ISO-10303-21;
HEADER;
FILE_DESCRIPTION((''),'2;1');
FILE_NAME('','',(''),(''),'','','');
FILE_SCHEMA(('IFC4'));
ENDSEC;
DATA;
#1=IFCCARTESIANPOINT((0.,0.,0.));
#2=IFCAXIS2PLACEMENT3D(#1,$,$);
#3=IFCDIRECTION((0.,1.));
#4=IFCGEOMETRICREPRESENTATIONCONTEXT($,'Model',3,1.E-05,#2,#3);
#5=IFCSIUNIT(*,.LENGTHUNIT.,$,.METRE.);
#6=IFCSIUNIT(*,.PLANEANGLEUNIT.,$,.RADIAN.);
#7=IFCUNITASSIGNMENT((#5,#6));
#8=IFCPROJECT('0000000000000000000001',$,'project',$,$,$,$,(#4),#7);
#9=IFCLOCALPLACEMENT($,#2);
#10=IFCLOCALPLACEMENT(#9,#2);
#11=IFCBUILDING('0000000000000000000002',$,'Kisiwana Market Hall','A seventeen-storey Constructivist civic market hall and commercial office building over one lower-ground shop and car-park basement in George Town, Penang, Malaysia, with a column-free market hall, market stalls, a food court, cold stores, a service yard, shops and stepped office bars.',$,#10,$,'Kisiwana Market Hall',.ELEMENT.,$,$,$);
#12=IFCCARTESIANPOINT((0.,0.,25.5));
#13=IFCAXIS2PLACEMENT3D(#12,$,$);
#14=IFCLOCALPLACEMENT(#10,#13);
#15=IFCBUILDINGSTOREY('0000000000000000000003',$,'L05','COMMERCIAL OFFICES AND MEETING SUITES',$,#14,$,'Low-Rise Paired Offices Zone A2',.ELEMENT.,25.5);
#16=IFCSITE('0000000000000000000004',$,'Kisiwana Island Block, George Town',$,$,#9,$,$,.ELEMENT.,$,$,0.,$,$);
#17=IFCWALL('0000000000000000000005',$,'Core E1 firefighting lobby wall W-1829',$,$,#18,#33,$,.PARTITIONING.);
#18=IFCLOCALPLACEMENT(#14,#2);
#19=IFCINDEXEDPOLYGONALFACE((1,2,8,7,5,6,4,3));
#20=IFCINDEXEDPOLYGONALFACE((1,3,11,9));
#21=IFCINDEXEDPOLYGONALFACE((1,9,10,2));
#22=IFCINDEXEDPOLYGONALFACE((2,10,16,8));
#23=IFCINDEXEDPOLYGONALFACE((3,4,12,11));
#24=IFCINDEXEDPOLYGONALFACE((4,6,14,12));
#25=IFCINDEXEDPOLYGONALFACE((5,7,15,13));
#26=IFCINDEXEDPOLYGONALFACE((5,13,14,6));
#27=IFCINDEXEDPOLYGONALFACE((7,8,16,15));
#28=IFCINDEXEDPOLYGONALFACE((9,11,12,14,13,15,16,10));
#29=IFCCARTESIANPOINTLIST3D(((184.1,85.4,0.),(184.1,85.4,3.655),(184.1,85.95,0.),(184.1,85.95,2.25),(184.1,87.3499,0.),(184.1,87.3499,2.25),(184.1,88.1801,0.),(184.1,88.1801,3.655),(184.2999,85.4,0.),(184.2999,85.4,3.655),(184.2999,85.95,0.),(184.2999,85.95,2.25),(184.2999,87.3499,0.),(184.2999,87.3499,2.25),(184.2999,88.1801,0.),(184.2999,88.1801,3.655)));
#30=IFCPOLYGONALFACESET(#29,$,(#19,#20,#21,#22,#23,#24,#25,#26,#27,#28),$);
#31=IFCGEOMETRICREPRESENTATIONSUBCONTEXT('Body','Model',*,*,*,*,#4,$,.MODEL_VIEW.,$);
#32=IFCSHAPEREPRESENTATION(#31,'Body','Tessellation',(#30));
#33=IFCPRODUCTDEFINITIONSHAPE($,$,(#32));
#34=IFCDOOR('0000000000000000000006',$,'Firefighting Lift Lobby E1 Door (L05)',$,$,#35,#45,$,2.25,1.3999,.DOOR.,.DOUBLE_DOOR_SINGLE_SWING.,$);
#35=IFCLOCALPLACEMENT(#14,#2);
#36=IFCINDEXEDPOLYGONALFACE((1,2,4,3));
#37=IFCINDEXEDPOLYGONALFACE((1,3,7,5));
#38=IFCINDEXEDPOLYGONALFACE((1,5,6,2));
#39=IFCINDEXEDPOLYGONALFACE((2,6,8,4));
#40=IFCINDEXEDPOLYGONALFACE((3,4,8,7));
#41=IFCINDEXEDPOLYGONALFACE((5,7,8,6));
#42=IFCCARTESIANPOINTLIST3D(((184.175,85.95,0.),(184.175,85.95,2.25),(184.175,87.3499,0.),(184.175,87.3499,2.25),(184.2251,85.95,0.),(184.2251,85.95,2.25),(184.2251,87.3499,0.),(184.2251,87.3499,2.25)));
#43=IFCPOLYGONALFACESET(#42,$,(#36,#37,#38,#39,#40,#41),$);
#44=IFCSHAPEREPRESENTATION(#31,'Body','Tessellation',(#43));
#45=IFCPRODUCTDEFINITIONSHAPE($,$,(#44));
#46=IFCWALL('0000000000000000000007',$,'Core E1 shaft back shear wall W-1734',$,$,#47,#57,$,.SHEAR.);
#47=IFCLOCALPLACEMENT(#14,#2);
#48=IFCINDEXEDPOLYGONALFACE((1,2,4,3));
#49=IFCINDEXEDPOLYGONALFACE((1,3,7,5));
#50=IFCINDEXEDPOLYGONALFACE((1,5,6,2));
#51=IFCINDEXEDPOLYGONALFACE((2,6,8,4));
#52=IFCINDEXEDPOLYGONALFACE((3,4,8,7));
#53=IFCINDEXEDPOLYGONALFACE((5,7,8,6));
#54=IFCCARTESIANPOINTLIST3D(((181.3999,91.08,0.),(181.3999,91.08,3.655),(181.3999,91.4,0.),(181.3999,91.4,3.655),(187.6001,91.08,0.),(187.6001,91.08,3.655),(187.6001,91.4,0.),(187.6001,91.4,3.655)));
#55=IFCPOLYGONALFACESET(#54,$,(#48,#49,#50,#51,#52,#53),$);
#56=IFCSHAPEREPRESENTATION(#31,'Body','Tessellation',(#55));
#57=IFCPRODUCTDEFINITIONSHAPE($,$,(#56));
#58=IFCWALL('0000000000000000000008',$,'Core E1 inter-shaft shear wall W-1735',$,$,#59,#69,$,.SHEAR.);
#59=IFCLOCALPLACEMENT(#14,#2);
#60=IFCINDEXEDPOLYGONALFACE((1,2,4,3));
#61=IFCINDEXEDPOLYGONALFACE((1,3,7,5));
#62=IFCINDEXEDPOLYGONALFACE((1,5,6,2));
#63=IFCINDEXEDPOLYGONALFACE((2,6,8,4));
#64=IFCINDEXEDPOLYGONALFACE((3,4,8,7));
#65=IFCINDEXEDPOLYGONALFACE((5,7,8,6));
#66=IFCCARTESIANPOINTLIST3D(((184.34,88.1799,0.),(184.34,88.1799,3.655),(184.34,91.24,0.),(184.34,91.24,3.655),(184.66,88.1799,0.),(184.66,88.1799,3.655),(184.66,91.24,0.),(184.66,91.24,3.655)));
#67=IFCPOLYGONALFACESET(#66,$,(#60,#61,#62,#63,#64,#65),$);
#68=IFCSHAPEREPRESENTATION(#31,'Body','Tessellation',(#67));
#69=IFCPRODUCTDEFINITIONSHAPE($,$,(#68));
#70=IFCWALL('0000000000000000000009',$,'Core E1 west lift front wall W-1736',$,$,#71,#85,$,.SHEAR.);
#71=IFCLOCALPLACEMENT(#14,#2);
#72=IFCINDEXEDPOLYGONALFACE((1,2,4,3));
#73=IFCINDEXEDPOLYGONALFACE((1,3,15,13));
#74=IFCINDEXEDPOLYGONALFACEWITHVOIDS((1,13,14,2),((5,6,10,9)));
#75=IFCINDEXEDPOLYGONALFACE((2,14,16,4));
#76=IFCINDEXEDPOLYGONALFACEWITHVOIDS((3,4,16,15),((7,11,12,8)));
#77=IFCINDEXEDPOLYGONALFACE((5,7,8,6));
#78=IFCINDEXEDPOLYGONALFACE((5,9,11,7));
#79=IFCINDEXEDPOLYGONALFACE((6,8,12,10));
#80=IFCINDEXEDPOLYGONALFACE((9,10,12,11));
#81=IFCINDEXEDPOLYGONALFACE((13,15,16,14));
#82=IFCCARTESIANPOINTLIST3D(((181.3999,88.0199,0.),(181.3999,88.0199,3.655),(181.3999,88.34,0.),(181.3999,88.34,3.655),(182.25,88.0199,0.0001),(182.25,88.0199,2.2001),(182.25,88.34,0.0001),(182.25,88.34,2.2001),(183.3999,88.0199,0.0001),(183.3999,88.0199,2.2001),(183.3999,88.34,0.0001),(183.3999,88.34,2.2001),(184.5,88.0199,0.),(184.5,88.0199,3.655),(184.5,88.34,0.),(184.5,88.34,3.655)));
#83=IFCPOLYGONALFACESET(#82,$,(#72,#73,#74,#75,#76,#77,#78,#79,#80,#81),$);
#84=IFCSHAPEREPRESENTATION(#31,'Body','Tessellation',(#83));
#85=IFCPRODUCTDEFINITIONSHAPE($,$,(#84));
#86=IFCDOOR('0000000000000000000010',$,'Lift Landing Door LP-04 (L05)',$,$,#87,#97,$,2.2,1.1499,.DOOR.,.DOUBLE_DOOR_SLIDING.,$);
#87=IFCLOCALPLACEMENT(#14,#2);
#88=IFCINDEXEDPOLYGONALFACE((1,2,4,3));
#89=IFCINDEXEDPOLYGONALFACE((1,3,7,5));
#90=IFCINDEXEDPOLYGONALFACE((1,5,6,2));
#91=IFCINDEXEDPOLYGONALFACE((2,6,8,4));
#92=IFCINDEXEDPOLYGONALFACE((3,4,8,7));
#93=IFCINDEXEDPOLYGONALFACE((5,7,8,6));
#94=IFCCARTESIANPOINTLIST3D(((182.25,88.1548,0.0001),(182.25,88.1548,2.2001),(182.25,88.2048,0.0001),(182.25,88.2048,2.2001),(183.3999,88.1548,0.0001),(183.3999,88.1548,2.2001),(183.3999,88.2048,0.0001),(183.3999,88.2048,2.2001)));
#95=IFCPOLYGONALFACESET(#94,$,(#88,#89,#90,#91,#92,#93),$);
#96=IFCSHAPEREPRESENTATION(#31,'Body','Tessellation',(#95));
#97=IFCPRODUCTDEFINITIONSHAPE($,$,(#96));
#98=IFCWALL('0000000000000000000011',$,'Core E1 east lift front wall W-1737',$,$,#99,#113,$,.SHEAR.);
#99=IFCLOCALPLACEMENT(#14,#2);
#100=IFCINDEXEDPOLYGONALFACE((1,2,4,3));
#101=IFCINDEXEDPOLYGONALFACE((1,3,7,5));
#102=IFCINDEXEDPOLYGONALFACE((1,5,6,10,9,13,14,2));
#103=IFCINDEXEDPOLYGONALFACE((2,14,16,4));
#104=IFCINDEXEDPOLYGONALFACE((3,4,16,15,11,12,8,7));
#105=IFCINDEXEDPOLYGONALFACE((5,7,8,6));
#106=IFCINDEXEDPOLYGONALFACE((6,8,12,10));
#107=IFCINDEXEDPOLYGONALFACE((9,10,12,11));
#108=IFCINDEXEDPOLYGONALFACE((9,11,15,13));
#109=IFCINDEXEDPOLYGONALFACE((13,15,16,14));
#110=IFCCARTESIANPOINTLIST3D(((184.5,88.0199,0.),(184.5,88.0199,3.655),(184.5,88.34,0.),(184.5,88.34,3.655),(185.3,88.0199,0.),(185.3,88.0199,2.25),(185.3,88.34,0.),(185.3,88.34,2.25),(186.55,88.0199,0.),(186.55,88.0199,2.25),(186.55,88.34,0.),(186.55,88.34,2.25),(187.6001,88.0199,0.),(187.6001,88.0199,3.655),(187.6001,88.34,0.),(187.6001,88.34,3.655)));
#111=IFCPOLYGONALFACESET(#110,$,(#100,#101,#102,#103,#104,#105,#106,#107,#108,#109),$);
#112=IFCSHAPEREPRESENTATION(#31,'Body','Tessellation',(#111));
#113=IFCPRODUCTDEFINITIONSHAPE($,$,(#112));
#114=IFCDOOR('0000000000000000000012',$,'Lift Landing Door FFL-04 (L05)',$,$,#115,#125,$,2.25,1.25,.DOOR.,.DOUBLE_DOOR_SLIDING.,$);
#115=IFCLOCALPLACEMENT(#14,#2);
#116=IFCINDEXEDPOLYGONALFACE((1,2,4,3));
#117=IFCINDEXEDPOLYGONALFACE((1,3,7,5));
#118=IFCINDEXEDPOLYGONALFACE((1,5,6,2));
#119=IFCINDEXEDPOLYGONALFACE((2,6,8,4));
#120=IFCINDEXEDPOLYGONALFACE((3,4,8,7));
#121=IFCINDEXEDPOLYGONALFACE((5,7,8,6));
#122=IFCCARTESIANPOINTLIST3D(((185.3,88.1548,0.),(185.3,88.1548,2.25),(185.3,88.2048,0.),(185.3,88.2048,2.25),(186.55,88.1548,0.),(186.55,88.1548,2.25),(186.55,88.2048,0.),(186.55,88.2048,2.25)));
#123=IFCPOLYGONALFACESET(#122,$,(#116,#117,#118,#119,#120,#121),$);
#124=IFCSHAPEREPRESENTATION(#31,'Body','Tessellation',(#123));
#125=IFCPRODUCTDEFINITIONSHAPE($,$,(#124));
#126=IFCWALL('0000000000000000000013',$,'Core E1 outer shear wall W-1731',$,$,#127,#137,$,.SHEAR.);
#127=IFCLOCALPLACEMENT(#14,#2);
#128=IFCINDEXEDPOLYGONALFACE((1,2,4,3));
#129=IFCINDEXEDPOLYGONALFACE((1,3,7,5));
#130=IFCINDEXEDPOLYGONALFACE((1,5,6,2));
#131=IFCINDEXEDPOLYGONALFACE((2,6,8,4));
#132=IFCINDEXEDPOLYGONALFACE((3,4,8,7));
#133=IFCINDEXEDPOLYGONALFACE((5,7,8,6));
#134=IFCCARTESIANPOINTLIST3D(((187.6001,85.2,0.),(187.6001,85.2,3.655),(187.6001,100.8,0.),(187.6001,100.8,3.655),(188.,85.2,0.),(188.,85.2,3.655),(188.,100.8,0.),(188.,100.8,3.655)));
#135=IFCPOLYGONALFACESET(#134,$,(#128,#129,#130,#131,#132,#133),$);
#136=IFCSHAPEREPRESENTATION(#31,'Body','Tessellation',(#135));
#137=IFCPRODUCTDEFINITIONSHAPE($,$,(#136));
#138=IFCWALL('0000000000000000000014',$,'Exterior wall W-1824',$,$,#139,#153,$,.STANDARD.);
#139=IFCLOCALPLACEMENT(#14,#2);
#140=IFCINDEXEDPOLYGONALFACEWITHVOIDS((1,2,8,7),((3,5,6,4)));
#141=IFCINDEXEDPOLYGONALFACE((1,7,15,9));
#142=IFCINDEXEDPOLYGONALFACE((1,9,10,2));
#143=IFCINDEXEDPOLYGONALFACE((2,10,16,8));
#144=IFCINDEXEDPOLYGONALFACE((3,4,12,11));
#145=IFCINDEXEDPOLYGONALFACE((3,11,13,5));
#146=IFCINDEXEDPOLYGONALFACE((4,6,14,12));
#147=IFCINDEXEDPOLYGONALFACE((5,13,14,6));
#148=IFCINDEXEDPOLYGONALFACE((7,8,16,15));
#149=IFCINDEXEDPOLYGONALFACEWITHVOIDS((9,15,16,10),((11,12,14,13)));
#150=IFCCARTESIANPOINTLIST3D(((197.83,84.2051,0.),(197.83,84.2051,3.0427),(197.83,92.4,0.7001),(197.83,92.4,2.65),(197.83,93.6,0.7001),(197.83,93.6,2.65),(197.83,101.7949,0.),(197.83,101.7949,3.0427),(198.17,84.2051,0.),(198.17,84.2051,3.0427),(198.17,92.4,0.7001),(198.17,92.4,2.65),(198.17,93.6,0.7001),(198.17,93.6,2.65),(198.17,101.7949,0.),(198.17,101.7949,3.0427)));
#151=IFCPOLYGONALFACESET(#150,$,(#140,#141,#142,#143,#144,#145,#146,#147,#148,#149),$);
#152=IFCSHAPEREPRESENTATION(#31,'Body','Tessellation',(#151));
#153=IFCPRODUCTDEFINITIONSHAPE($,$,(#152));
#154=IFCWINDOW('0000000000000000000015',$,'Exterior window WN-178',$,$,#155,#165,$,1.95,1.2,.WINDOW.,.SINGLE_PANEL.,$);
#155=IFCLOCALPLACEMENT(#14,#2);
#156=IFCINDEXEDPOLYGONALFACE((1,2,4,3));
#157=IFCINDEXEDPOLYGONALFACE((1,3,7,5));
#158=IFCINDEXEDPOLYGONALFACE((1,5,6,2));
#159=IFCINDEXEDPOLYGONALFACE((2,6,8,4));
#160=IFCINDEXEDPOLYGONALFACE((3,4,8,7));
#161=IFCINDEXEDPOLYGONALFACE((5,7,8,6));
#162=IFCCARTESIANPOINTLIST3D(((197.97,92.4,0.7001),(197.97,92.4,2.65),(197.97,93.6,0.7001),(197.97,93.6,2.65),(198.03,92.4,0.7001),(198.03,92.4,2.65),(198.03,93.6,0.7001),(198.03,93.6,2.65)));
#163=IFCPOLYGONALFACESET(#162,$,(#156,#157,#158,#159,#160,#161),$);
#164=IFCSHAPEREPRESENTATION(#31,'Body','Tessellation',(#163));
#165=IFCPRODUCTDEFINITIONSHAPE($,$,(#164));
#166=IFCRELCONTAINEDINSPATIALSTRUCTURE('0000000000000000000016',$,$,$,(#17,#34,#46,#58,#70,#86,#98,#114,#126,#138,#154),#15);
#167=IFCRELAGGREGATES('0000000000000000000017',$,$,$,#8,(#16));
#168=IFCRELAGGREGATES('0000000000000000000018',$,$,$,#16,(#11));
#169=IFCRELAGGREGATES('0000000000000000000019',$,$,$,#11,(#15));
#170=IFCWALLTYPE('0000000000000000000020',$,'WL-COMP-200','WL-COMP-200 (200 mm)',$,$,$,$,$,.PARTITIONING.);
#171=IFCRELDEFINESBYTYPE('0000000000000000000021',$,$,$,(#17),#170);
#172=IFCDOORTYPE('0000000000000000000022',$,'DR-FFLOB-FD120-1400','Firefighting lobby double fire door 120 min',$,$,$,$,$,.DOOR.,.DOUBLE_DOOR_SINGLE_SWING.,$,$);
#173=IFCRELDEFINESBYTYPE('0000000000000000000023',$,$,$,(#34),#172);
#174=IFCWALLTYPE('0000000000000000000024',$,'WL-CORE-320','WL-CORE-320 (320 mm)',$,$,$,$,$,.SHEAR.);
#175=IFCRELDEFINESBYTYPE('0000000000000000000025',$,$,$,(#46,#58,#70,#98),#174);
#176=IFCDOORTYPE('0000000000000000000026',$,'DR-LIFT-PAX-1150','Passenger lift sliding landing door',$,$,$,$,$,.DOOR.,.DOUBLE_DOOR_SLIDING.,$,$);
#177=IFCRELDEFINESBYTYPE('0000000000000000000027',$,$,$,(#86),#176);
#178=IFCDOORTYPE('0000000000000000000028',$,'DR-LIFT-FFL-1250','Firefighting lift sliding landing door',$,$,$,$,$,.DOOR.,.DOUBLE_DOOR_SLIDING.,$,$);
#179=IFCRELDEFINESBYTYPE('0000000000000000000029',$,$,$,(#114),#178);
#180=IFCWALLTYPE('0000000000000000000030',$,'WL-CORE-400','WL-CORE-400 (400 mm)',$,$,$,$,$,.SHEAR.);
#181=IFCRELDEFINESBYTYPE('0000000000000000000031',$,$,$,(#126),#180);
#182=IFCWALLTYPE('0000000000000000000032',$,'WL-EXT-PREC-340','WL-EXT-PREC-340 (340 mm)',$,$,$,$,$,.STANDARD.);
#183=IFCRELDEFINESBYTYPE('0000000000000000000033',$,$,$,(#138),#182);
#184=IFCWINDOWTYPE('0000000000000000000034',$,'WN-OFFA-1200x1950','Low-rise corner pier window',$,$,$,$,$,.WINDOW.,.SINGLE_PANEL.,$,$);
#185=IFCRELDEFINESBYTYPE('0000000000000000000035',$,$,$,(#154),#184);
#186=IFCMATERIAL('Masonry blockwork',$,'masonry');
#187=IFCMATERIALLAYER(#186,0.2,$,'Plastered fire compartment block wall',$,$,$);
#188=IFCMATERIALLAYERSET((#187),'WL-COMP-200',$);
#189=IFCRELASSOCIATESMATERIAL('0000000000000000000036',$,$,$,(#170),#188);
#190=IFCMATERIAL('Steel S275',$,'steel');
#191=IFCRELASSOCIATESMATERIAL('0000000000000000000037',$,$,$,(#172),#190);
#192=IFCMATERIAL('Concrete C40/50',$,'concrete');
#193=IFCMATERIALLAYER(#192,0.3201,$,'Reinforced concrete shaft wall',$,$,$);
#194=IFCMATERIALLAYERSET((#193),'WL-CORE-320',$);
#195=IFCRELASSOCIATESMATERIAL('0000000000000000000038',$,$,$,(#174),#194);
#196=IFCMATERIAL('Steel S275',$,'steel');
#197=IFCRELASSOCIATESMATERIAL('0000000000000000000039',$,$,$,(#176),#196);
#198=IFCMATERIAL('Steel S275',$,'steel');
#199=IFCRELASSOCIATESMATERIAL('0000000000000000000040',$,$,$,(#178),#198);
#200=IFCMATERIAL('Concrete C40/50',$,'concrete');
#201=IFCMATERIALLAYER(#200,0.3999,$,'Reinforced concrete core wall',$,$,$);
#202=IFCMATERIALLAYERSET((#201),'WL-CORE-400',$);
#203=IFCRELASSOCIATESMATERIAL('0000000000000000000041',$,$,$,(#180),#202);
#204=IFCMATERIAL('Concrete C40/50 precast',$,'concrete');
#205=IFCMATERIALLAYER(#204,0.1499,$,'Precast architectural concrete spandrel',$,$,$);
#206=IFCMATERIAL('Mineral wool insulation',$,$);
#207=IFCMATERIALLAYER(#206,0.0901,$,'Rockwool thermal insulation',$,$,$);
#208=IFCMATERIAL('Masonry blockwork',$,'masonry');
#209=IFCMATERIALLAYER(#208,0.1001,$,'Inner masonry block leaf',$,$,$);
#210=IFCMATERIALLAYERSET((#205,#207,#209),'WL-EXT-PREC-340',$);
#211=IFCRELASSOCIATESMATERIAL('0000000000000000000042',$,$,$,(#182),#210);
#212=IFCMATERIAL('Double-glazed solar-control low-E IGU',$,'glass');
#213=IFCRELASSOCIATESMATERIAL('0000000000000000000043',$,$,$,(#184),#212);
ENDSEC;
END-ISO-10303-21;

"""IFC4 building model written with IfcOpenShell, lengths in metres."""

from ifc_helpers import new_model, si_unit, direction, frame, frame_2d, origin, place, context, subcontext, project, spatial, rectangle, extrude, material, layer, layer_set, type_object, element, fill, save


model = new_model("IFC4")

# Units and contexts
model_context = context("Model", 3, precision=1e-05, world=origin(), true_north=direction((0.0, 1.0)))
body_context = subcontext(model_context, "Body", "Model", "MODEL_VIEW")
ifc_project = project(units=[si_unit("LENGTHUNIT", "METRE"), si_unit("PLANEANGLEUNIT", "RADIAN")], contexts=[model_context])

# Site, building, storey
site_placement = place(None, origin())
site = spatial("IfcSite", under=ifc_project, at=site_placement, Name="Kisiwana Island Block, George Town", CompositionType="ELEMENT", RefElevation=0.0)
building_placement = place(site_placement, origin())
building = spatial("IfcBuilding", under=site, at=building_placement, Name="Kisiwana Market Hall", Description="A seventeen-storey Constructivist civic market hall and commercial office building over one lower-ground shop and car-park basement in George Town, Penang, Malaysia, with a column-free market hall, market stalls, a food court, cold stores, a service yard, shops and stepped office bars.", LongName="Kisiwana Market Hall", CompositionType="ELEMENT")
storey_placement = place(building_placement, frame((0.0, 0.0, 25.5)))
storey = spatial("IfcBuildingStorey", under=building, at=storey_placement, Name="L05", Description="COMMERCIAL OFFICES AND MEETING SUITES", LongName="Low-Rise Paired Offices Zone A2", CompositionType="ELEMENT", Elevation=25.5)

# Wall, opening, door
ifc_material_1 = material(Name="Masonry blockwork", Category="masonry")
ifc_layer_1 = layer(ifc_material_1, 0.2, Name="Plastered fire compartment block wall")
ifc_layer_set_1 = layer_set([ifc_layer_1], Name="WL-COMP-200")
wall_type_1 = type_object("IfcWallType", Name="WL-COMP-200", Description="WL-COMP-200 (200 mm)", PredefinedType="PARTITIONING", material=ifc_layer_set_1)
wall_1_placement = place(storey_placement, frame((184.2, 85.3999, 0.0), z_axis=(0.0, 0.0, 1.0), x_axis=(0.0, 1.0, 0.0)))
wall_1 = element("IfcWall", 1, at=wall_1_placement, inside=storey, type_object=wall_type_1, Name="Core E1 firefighting lobby wall W-1829", PredefinedType="PARTITIONING", context=body_context, shape_type="SweptSolid", body=[
    extrude(rectangle(XDim=2.78, YDim=0.2, at=frame_2d((1.3901, 0.0))), origin(), (0.0, 0.0, 1.0), 3.655),
])
opening_1_placement = place(wall_1_placement, frame((0.55, 0.0, 0.0)))
opening_1 = element("IfcOpeningElement", 2, at=opening_1_placement, cuts=wall_1, PredefinedType="OPENING", context=body_context, shape_type="SweptSolid", body=[
    extrude(rectangle(XDim=1.3999, YDim=2.25, at=frame_2d((0.7, 1.125))), frame((0.0, 0.1118, 0.0), z_axis=(0.0, -1.0, 0.0), x_axis=(1.0, 0.0, 0.0)), (0.0, 0.0, 1.0), 0.2239),
])
ifc_material_2 = material(Name="Steel S275", Category="steel")
door_type_1 = type_object("IfcDoorType", Name="DR-FFLOB-FD120-1400", Description="Firefighting lobby double fire door 120 min", OperationType="DOUBLE_DOOR_SINGLE_SWING", PredefinedType="DOOR", material=ifc_material_2)
door_1_placement = place(opening_1_placement, origin())
door_1 = element("IfcDoor", 3, at=door_1_placement, inside=storey, type_object=door_type_1, Name="Firefighting Lift Lobby E1 Door (L05)", OperationType="DOUBLE_DOOR_SINGLE_SWING", OverallHeight=2.25, OverallWidth=1.3999, PredefinedType="DOOR", context=body_context, shape_type="SweptSolid", body=[
    extrude(rectangle(XDim=1.3999, YDim=2.25, at=frame_2d((0.7, 1.125))), frame((0.0, 0.0249, 0.0), z_axis=(0.0, -1.0, 0.0), x_axis=(1.0, 0.0, 0.0)), (0.0, 0.0, 1.0), 0.05),
])
fill(opening_1, door_1)

# Walls
ifc_material_3 = material(Name="Concrete C40/50", Category="concrete")
ifc_layer_2 = layer(ifc_material_3, 0.3201, Name="Reinforced concrete shaft wall")
ifc_layer_set_2 = layer_set([ifc_layer_2], Name="WL-CORE-320")
wall_type_2 = type_object("IfcWallType", Name="WL-CORE-320", Description="WL-CORE-320 (320 mm)", PredefinedType="SHEAR", material=ifc_layer_set_2)
wall_2_placement = place(storey_placement, frame((181.3999, 91.24, 0.0), z_axis=(0.0, 0.0, 1.0), x_axis=(1.0, 0.0, 0.0)))
element("IfcWall", 4, at=wall_2_placement, inside=storey, type_object=wall_type_2, Name="Core E1 shaft back shear wall W-1734", PredefinedType="SHEAR", context=body_context, shape_type="SweptSolid", body=[
    extrude(rectangle(XDim=6.2002, YDim=0.3201, at=frame_2d((3.1001, 0.0))), origin(), (0.0, 0.0, 1.0), 3.655),
])
wall_3_placement = place(storey_placement, frame((184.5, 88.1799, 0.0), z_axis=(0.0, 0.0, 1.0), x_axis=(0.0, 1.0, 0.0)))
element("IfcWall", 5, at=wall_3_placement, inside=storey, type_object=wall_type_2, Name="Core E1 inter-shaft shear wall W-1735", PredefinedType="SHEAR", context=body_context, shape_type="SweptSolid", body=[
    extrude(rectangle(XDim=3.0601, YDim=0.3201, at=frame_2d((1.53, 0.0))), origin(), (0.0, 0.0, 1.0), 3.655),
])

# Walls, openings, doors
wall_4_placement = place(storey_placement, frame((181.3999, 88.1799, 0.0), z_axis=(0.0, 0.0, 1.0), x_axis=(1.0, 0.0, 0.0)))
wall_4 = element("IfcWall", 6, at=wall_4_placement, inside=storey, type_object=wall_type_2, Name="Core E1 west lift front wall W-1736", PredefinedType="SHEAR", context=body_context, shape_type="SweptSolid", body=[
    extrude(rectangle(XDim=3.1001, YDim=0.3201, at=frame_2d((1.55, 0.0))), origin(), (0.0, 0.0, 1.0), 3.655),
])
opening_2_placement = place(wall_4_placement, frame((0.8501, 0.0, 0.0)))
opening_2 = element("IfcOpeningElement", 7, at=opening_2_placement, cuts=wall_4, PredefinedType="OPENING", context=body_context, shape_type="SweptSolid", body=[
    extrude(rectangle(XDim=1.1499, YDim=2.2, at=frame_2d((0.575, 1.1001))), frame((0.0, 0.1719, 0.0), z_axis=(0.0, -1.0, 0.0), x_axis=(1.0, 0.0, 0.0)), (0.0, 0.0, 1.0), 0.344),
])
ifc_material_4 = material(Name="Steel S275", Category="steel")
door_type_2 = type_object("IfcDoorType", Name="DR-LIFT-PAX-1150", Description="Passenger lift sliding landing door", OperationType="DOUBLE_DOOR_SLIDING", PredefinedType="DOOR", material=ifc_material_4)
door_2_placement = place(opening_2_placement, origin())
door_2 = element("IfcDoor", 8, at=door_2_placement, inside=storey, type_object=door_type_2, Name="Lift Landing Door LP-04 (L05)", OperationType="DOUBLE_DOOR_SLIDING", OverallHeight=2.2, OverallWidth=1.1499, PredefinedType="DOOR", context=body_context, shape_type="SweptSolid", body=[
    extrude(rectangle(XDim=1.1499, YDim=2.2, at=frame_2d((0.575, 1.1001))), frame((0.0, 0.0249, 0.0), z_axis=(0.0, -1.0, 0.0), x_axis=(1.0, 0.0, 0.0)), (0.0, 0.0, 1.0), 0.05),
])
fill(opening_2, door_2)
wall_5_placement = place(storey_placement, frame((184.5, 88.1799, 0.0), z_axis=(0.0, 0.0, 1.0), x_axis=(1.0, 0.0, 0.0)))
wall_5 = element("IfcWall", 9, at=wall_5_placement, inside=storey, type_object=wall_type_2, Name="Core E1 east lift front wall W-1737", PredefinedType="SHEAR", context=body_context, shape_type="SweptSolid", body=[
    extrude(rectangle(XDim=3.1001, YDim=0.3201, at=frame_2d((1.55, 0.0))), origin(), (0.0, 0.0, 1.0), 3.655),
])
opening_3_placement = place(wall_5_placement, frame((0.8, 0.0, 0.0)))
opening_3 = element("IfcOpeningElement", 10, at=opening_3_placement, cuts=wall_5, PredefinedType="OPENING", context=body_context, shape_type="SweptSolid", body=[
    extrude(rectangle(XDim=1.25, YDim=2.25, at=frame_2d((0.625, 1.125))), frame((0.0, 0.1719, 0.0), z_axis=(0.0, -1.0, 0.0), x_axis=(1.0, 0.0, 0.0)), (0.0, 0.0, 1.0), 0.344),
])
ifc_material_5 = material(Name="Steel S275", Category="steel")
door_type_3 = type_object("IfcDoorType", Name="DR-LIFT-FFL-1250", Description="Firefighting lift sliding landing door", OperationType="DOUBLE_DOOR_SLIDING", PredefinedType="DOOR", material=ifc_material_5)
door_3_placement = place(opening_3_placement, origin())
door_3 = element("IfcDoor", 11, at=door_3_placement, inside=storey, type_object=door_type_3, Name="Lift Landing Door FFL-04 (L05)", OperationType="DOUBLE_DOOR_SLIDING", OverallHeight=2.25, OverallWidth=1.25, PredefinedType="DOOR", context=body_context, shape_type="SweptSolid", body=[
    extrude(rectangle(XDim=1.25, YDim=2.25, at=frame_2d((0.625, 1.125))), frame((0.0, 0.0249, 0.0), z_axis=(0.0, -1.0, 0.0), x_axis=(1.0, 0.0, 0.0)), (0.0, 0.0, 1.0), 0.05),
])
fill(opening_3, door_3)

# Wall
ifc_material_6 = material(Name="Concrete C40/50", Category="concrete")
ifc_layer_3 = layer(ifc_material_6, 0.3999, Name="Reinforced concrete core wall")
ifc_layer_set_3 = layer_set([ifc_layer_3], Name="WL-CORE-400")
wall_type_3 = type_object("IfcWallType", Name="WL-CORE-400", Description="WL-CORE-400 (400 mm)", PredefinedType="SHEAR", material=ifc_layer_set_3)
wall_6_placement = place(storey_placement, frame((187.8, 85.2, 0.0), z_axis=(0.0, 0.0, 1.0), x_axis=(0.0, 1.0, 0.0)))
element("IfcWall", 12, at=wall_6_placement, inside=storey, type_object=wall_type_3, Name="Core E1 outer shear wall W-1731", PredefinedType="SHEAR", context=body_context, shape_type="SweptSolid", body=[
    extrude(rectangle(XDim=15.6001, YDim=0.3999, at=frame_2d((7.8, 0.0))), origin(), (0.0, 0.0, 1.0), 3.655),
])

# Wall, opening, window
ifc_material_7 = material(Name="Concrete C40/50 precast", Category="concrete")
ifc_layer_4 = layer(ifc_material_7, 0.1499, Name="Precast architectural concrete spandrel")
ifc_material_8 = material(Name="Mineral wool insulation")
ifc_layer_5 = layer(ifc_material_8, 0.0901, Name="Rockwool thermal insulation")
ifc_material_9 = material(Name="Masonry blockwork", Category="masonry")
ifc_layer_6 = layer(ifc_material_9, 0.1001, Name="Inner masonry block leaf")
ifc_layer_set_4 = layer_set([ifc_layer_4, ifc_layer_5, ifc_layer_6], Name="WL-EXT-PREC-340")
wall_type_4 = type_object("IfcWallType", Name="WL-EXT-PREC-340", Description="WL-EXT-PREC-340 (340 mm)", PredefinedType="STANDARD", material=ifc_layer_set_4)
wall_7_placement = place(storey_placement, frame((198.0, 84.2051, 0.0), z_axis=(0.0, 0.0, 1.0), x_axis=(0.0, 1.0, 0.0)))
wall_7 = element("IfcWall", 13, at=wall_7_placement, inside=storey, type_object=wall_type_4, Name="Exterior wall W-1824", PredefinedType="STANDARD", context=body_context, shape_type="SweptSolid", body=[
    extrude(rectangle(XDim=17.5898, YDim=0.3401, at=frame_2d((8.7949, 0.0))), origin(), (0.0, 0.0, 1.0), 3.0427),
])
opening_4_placement = place(wall_7_placement, frame((8.1948, 0.0, 0.7)))
opening_4 = element("IfcOpeningElement", 14, at=opening_4_placement, cuts=wall_7, PredefinedType="OPENING", context=body_context, shape_type="SweptSolid", body=[
    extrude(rectangle(XDim=1.2, YDim=1.95, at=frame_2d((0.6001, 0.9751))), frame((0.0, 0.1821, 0.0), z_axis=(0.0, -1.0, 0.0), x_axis=(1.0, 0.0, 0.0)), (0.0, 0.0, 1.0), 0.364),
])
ifc_material_10 = material(Name="Double-glazed solar-control low-E IGU", Category="glass")
window_type = type_object("IfcWindowType", Name="WN-OFFA-1200x1950", Description="Low-rise corner pier window", PartitioningType="SINGLE_PANEL", PredefinedType="WINDOW", material=ifc_material_10)
window_placement = place(opening_4_placement, origin())
window = element("IfcWindow", 15, at=window_placement, inside=storey, type_object=window_type, Name="Exterior window WN-178", OverallHeight=1.95, OverallWidth=1.2, PartitioningType="SINGLE_PANEL", PredefinedType="WINDOW", context=body_context, shape_type="SweptSolid", body=[
    extrude(rectangle(XDim=1.2, YDim=1.95, at=frame_2d((0.6001, 0.9751))), frame((0.0, 0.03, 0.0), z_axis=(0.0, -1.0, 0.0), x_axis=(1.0, 0.0, 0.0)), (0.0, 0.0, 1.0), 0.0601),
])
fill(opening_4, window)

save(model, "model.ifc")
